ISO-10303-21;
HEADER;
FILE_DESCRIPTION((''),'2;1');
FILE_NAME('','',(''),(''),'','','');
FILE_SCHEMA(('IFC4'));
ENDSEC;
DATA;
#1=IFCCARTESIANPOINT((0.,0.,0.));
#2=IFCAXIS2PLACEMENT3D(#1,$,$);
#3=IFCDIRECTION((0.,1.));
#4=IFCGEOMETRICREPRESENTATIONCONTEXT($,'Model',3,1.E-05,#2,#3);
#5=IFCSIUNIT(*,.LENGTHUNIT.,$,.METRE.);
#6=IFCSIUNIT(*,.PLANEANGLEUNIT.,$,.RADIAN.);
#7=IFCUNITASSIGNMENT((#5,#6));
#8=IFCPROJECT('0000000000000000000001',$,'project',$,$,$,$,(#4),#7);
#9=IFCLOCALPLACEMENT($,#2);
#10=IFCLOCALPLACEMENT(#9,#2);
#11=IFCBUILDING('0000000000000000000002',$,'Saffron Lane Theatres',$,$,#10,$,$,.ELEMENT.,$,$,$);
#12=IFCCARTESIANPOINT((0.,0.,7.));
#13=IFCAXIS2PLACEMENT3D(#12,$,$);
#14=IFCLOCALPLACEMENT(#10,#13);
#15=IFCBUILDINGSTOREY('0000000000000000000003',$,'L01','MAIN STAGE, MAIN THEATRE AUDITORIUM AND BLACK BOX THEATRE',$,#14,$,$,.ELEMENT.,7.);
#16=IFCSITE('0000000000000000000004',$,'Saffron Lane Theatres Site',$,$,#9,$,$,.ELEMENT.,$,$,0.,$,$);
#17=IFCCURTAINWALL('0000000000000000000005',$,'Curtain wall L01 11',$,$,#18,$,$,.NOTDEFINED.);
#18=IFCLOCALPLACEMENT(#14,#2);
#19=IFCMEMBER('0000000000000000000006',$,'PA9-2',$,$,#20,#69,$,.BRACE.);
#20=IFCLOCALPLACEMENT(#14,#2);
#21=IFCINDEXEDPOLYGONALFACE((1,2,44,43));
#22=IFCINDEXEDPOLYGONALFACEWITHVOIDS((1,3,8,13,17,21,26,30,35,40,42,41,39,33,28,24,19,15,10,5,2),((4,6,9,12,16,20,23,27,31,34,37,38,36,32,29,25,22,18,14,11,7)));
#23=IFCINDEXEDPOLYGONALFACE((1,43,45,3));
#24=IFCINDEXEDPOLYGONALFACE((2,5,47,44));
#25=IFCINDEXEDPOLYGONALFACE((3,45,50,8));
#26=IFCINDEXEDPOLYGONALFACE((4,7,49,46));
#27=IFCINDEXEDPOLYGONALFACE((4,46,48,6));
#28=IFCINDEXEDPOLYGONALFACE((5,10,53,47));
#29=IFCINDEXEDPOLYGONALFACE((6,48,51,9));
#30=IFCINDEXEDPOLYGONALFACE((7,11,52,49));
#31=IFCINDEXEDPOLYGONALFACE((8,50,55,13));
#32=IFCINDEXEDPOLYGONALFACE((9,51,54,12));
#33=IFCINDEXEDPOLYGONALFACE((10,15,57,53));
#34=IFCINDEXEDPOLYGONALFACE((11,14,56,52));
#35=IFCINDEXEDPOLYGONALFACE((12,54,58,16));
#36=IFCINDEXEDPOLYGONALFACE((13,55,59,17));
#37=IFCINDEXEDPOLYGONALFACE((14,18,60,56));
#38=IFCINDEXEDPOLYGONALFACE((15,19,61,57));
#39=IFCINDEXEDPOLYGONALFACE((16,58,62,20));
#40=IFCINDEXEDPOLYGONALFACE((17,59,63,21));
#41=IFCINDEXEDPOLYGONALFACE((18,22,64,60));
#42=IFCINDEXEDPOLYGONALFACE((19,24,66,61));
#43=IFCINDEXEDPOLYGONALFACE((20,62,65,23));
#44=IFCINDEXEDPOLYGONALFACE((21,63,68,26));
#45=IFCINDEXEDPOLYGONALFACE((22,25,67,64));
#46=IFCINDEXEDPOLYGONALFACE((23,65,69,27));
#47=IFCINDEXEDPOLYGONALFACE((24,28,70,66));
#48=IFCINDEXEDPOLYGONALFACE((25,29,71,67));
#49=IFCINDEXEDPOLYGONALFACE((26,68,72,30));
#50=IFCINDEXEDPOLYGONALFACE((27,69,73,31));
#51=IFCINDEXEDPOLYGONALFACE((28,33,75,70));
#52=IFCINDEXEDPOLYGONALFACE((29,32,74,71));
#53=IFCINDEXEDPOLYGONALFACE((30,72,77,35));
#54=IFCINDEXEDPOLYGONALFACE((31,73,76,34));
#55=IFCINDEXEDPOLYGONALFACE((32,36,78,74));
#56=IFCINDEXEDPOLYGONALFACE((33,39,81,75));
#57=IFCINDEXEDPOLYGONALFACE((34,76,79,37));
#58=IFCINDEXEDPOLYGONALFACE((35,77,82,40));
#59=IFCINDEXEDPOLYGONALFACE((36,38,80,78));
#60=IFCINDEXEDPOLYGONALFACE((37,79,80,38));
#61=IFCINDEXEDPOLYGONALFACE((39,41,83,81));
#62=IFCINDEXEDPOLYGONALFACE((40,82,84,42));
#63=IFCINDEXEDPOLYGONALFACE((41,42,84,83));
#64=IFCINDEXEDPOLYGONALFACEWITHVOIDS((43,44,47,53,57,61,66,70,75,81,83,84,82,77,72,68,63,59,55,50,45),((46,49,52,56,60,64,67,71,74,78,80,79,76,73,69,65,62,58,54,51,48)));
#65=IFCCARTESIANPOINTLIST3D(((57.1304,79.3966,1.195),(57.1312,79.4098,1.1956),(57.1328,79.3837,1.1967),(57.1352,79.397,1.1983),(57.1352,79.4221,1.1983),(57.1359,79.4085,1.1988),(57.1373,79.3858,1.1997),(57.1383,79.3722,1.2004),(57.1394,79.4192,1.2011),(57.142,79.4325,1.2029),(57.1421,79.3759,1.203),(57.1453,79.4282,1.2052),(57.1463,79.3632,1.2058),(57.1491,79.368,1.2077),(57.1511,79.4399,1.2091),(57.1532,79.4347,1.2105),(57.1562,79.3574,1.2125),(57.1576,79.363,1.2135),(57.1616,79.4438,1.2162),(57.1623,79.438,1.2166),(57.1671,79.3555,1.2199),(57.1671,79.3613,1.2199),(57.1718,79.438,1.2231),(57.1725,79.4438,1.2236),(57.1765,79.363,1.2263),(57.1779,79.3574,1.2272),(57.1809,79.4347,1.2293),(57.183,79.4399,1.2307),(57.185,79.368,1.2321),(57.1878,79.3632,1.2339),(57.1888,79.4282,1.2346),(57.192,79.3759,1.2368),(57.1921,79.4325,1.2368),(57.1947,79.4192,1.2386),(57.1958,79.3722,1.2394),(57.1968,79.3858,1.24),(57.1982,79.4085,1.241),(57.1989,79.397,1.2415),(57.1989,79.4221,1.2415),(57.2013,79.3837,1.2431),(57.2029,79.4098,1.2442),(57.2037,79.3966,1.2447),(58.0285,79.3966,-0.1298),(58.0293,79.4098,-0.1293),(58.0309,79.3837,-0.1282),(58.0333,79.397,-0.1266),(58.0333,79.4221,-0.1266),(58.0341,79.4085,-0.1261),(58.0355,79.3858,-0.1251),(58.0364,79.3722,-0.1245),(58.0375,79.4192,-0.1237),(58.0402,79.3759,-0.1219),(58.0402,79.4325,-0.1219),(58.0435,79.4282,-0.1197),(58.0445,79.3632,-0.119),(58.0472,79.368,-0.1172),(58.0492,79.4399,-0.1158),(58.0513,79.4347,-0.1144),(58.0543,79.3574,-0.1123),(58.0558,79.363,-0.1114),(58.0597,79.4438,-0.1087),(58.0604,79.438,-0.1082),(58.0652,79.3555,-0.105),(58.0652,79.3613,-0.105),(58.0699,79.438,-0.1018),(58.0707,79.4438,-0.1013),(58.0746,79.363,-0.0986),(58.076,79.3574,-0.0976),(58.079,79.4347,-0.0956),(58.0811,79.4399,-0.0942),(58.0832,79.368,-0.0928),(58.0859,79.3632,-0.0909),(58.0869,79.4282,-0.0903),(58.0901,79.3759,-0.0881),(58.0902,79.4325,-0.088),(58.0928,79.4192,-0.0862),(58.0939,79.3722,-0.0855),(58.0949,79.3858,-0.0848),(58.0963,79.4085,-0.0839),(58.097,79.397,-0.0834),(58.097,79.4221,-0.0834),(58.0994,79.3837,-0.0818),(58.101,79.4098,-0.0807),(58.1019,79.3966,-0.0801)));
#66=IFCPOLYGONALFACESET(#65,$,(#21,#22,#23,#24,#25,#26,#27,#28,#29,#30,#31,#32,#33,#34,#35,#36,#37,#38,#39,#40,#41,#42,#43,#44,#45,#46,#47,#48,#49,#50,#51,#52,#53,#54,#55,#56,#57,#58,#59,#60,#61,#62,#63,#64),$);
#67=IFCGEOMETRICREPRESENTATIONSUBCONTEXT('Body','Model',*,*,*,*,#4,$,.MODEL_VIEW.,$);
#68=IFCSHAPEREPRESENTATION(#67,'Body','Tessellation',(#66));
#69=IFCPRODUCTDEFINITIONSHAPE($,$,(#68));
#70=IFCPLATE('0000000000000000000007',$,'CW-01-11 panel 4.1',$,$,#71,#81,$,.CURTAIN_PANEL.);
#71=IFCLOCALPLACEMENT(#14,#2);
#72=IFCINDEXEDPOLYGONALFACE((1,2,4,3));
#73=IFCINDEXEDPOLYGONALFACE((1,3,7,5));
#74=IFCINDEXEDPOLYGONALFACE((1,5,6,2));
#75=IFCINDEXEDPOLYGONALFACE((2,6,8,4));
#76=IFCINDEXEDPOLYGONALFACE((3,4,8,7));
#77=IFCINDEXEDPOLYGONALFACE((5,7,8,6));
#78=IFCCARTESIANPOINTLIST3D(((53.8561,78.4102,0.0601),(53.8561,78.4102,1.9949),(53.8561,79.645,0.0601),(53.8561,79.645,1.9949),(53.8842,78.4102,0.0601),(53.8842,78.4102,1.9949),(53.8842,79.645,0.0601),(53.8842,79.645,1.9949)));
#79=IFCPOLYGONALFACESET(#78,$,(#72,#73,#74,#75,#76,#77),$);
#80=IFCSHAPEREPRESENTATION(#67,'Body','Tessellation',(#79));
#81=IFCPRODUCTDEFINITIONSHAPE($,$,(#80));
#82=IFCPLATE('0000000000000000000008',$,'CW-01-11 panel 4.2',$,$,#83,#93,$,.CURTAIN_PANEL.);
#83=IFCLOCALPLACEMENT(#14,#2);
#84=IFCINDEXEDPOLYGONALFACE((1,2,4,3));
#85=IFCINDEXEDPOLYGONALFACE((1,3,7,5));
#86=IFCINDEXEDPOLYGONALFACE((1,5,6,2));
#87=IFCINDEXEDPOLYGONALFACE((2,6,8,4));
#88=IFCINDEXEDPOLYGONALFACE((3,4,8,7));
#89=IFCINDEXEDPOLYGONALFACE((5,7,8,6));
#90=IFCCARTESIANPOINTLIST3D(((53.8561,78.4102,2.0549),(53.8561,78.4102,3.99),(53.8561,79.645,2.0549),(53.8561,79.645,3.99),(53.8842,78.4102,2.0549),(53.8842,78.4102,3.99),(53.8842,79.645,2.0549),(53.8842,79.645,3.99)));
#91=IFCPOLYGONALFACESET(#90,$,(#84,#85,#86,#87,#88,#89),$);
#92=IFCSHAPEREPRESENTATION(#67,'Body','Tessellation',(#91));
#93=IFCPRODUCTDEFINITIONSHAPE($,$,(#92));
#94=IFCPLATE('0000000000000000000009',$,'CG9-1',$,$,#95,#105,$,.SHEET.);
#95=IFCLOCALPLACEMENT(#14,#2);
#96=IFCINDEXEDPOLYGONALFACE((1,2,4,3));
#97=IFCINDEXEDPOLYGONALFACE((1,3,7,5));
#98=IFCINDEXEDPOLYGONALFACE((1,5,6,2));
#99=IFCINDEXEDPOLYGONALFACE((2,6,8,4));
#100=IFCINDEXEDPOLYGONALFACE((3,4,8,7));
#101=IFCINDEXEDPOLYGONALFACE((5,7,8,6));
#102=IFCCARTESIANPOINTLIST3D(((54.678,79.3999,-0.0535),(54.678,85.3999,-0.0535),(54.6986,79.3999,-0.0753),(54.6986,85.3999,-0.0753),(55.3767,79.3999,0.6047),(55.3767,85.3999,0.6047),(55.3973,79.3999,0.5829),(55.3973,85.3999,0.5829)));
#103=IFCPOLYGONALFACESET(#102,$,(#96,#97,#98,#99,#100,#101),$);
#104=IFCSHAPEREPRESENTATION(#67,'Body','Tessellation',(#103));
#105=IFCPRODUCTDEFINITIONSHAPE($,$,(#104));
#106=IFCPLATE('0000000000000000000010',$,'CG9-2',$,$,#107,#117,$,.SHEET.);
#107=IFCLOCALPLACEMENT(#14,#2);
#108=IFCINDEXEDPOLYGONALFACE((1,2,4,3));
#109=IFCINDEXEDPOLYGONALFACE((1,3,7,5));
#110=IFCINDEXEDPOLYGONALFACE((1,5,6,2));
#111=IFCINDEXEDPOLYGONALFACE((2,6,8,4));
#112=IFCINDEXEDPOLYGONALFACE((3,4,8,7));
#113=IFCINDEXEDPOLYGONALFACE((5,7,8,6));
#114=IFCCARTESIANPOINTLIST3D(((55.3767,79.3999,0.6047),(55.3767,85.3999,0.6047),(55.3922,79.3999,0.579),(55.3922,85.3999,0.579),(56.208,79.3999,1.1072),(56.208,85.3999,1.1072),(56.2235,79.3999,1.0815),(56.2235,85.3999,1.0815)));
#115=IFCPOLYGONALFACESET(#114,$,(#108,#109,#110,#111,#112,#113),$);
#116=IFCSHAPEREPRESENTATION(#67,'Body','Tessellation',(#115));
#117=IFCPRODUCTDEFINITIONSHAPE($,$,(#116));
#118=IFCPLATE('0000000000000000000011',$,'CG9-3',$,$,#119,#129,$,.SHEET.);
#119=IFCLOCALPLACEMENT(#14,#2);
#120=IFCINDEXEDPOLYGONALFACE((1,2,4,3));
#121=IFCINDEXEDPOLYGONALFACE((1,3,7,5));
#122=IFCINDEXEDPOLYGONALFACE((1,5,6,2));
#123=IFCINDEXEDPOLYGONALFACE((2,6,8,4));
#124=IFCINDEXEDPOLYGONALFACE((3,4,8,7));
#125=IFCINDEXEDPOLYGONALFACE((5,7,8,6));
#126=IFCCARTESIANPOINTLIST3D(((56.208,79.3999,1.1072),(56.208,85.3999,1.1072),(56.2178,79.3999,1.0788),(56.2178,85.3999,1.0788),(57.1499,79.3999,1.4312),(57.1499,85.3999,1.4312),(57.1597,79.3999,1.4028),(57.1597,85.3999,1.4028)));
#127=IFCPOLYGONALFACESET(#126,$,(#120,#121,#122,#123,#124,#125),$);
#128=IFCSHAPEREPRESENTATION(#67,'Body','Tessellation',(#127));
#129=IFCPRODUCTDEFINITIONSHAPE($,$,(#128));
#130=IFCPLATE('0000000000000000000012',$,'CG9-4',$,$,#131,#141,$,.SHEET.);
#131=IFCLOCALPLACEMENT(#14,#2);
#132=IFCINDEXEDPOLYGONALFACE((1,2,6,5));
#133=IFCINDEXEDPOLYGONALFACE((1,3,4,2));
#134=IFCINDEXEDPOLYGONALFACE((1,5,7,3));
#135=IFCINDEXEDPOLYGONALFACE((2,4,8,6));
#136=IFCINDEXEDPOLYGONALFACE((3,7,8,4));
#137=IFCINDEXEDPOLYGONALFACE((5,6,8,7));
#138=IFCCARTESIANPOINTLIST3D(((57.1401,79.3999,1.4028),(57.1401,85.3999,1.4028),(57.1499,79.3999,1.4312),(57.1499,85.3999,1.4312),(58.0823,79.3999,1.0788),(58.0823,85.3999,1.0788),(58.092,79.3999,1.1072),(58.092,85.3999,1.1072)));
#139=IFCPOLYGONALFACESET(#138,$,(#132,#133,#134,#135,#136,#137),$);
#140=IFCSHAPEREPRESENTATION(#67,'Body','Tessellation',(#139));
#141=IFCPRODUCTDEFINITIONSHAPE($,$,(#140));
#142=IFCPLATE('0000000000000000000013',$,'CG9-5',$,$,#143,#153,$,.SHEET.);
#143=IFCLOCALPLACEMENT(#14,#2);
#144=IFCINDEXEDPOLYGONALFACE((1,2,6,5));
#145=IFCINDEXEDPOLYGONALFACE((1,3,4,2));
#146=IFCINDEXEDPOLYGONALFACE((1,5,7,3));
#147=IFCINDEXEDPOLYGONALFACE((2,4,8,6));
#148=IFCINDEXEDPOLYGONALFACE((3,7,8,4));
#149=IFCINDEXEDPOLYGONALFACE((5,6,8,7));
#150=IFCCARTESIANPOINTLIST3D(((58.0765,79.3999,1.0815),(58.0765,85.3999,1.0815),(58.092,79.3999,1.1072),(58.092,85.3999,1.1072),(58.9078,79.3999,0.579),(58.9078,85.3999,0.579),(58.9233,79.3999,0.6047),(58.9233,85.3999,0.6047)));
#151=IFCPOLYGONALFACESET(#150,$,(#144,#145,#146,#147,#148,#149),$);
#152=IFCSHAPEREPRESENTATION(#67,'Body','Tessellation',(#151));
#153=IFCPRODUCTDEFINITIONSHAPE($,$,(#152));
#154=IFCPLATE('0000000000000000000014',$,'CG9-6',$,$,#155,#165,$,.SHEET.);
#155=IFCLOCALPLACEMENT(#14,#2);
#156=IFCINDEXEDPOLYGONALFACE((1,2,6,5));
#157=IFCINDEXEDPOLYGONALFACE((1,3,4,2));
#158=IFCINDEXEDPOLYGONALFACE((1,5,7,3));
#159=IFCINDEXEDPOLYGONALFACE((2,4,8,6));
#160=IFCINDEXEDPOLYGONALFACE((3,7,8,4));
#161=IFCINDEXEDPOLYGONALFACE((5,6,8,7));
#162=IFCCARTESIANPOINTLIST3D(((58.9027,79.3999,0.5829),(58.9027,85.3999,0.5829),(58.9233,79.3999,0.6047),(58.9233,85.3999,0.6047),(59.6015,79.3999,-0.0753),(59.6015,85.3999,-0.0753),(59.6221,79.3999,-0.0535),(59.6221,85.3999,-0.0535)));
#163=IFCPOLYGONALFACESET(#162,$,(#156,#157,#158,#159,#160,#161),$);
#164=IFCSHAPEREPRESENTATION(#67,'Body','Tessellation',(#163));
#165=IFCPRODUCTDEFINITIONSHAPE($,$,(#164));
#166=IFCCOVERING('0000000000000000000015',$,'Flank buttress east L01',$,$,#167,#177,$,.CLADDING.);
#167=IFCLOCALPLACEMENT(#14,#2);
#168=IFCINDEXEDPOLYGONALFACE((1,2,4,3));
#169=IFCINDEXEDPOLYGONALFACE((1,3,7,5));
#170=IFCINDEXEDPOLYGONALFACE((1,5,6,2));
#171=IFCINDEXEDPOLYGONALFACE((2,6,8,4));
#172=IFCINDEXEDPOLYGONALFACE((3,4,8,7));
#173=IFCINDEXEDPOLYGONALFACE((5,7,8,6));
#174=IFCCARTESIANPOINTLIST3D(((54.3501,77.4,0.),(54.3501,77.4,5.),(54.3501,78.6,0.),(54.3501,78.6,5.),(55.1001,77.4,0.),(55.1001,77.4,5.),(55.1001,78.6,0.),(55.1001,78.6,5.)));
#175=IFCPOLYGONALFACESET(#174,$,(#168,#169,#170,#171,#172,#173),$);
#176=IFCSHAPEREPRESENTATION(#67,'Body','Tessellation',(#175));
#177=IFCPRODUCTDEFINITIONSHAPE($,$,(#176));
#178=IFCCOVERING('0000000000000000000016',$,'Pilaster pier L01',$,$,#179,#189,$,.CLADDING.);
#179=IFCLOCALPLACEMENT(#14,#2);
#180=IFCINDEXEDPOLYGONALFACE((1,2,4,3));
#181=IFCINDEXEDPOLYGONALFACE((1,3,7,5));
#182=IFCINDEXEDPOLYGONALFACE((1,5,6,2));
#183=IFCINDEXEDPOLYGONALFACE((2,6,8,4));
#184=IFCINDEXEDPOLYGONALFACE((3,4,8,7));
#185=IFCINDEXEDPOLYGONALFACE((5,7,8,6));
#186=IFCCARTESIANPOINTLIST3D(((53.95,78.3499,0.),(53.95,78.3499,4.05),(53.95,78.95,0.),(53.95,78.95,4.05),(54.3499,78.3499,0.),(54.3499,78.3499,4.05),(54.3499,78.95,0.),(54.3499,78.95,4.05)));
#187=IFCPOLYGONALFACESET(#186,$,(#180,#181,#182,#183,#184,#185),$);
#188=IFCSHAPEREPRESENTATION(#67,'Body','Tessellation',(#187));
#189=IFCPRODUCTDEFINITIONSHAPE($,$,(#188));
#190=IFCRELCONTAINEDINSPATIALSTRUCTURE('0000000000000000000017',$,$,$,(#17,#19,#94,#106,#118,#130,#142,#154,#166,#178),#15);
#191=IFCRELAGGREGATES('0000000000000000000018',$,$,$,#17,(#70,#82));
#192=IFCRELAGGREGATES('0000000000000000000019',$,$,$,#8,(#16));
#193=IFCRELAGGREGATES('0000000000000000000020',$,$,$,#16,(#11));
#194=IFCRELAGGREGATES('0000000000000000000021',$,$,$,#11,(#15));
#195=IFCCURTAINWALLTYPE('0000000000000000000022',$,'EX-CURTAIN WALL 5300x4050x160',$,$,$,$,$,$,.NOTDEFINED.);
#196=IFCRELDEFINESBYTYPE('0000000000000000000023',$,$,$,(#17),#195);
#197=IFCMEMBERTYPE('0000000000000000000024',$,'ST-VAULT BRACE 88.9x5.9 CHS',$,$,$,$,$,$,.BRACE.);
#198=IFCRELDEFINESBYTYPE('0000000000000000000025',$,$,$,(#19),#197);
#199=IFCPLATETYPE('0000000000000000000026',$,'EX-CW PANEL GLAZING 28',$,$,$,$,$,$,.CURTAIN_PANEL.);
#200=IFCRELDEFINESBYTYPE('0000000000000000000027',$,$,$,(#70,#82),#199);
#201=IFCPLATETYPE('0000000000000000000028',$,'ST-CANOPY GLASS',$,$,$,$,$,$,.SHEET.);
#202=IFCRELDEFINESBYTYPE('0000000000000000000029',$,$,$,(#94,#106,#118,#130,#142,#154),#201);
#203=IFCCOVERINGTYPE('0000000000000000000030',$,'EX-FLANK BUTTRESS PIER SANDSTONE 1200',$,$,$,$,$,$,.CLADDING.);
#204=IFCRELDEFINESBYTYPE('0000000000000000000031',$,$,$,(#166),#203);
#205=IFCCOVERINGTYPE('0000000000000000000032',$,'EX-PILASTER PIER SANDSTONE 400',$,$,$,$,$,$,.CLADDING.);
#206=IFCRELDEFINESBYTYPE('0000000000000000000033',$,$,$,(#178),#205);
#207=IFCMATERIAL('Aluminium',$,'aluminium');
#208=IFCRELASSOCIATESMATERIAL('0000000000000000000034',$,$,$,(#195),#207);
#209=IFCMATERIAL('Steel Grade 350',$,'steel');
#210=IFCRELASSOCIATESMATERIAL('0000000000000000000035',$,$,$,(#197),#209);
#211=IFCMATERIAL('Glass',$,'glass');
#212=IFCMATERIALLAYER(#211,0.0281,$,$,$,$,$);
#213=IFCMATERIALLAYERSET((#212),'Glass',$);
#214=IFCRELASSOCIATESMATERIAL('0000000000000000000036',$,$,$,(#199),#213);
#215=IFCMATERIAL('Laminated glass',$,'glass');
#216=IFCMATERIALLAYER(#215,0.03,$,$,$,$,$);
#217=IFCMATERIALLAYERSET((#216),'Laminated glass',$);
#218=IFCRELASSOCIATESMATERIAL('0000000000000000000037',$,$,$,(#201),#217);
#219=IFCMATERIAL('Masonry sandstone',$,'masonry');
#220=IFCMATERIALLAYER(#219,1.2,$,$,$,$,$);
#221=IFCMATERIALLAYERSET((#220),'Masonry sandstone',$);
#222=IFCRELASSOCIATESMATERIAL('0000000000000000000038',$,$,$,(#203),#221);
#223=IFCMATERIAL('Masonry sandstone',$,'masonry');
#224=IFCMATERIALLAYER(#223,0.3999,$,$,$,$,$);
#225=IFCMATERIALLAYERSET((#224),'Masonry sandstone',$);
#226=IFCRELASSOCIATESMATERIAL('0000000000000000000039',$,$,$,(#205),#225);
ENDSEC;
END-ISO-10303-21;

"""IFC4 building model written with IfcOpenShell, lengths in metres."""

from ifc_helpers import new_model, si_unit, direction, frame, origin, origin_2d, place, context, subcontext, project, spatial, polyline, rectangle, hollow_circle, outline, extrude, material, layer, layer_set, material_profile, profile_set, type_object, element, aggregate, save


model = new_model("IFC4")

# Units and contexts
model_context = context("Model", 3, precision=1e-05, world=origin(), true_north=direction((0.0, 1.0)))
body_context = subcontext(model_context, "Body", "Model", "MODEL_VIEW")
ifc_project = project(units=[si_unit("LENGTHUNIT", "METRE"), si_unit("PLANEANGLEUNIT", "RADIAN")], contexts=[model_context])

# Site, building, storey
site_placement = place(None, origin())
site = spatial("IfcSite", under=ifc_project, at=site_placement, Name="Saffron Lane Theatres Site", CompositionType="ELEMENT", RefElevation=0.0)
building_placement = place(site_placement, origin())
building = spatial("IfcBuilding", under=site, at=building_placement, Name="Saffron Lane Theatres", CompositionType="ELEMENT")
storey_placement = place(building_placement, frame((0.0, 0.0, 7.0)))
storey = spatial("IfcBuildingStorey", under=building, at=storey_placement, Name="L01", Description="MAIN STAGE, MAIN THEATRE AUDITORIUM AND BLACK BOX THEATRE", CompositionType="ELEMENT", Elevation=7.0)

# Curtain wall
ifc_material_1 = material(Name="Aluminium", Category="aluminium")
curtain_wall_type_1 = type_object("IfcCurtainWallType", Name="EX-CURTAIN WALL 5300x4050x160", PredefinedType="NOTDEFINED", material=ifc_material_1)
curtain_wall_1_placement = place(storey_placement, origin())
curtain_wall_1 = element("IfcCurtainWall", 1, at=curtain_wall_1_placement, inside=storey, type_object=curtain_wall_type_1, Name="Curtain wall L01 11", PredefinedType="NOTDEFINED")

# Member
ifc_material_2 = material(Name="Steel Grade 350", Category="steel")
ifc_material_profile_1 = material_profile(ifc_material_2, hollow_circle(Radius=0.0444, WallThickness=0.0059, at=origin_2d()))
ifc_profile_set_1 = profile_set([ifc_material_profile_1], Name="Steel Grade 350")
member_type_1 = type_object("IfcMemberType", Name="ST-VAULT BRACE 88.9x5.9 CHS", PredefinedType="BRACE", material=ifc_profile_set_1)
member_1_placement = place(storey_placement, frame((58.0652, 79.3999, -0.105), z_axis=(-0.561125, 0.0, 0.827731), x_axis=(0.0, -1.0, 0.0)))
element("IfcMember", 2, at=member_1_placement, inside=storey, type_object=member_type_1, Name="PA9-2", PredefinedType="BRACE", context=body_context, shape_type="SweptSolid", body=[
    extrude(hollow_circle(Radius=0.0444, WallThickness=0.0059, at=origin_2d()), origin(), (0.0, 0.0, 1.0), 1.6006),
])

# Plates
ifc_material_3 = material(Name="Glass", Category="glass")
ifc_layer_1 = layer(ifc_material_3, 0.0281)
ifc_layer_set_1 = layer_set([ifc_layer_1], Name="Glass")
plate_type_1 = type_object("IfcPlateType", Name="EX-CW PANEL GLAZING 28", PredefinedType="CURTAIN_PANEL", material=ifc_layer_set_1)
plate_1_placement = place(storey_placement, frame((53.8701, 79.0276, 0.0601), z_axis=(0.0, 0.0, 1.0), x_axis=(0.0, -1.0, 0.0)))
plate_1 = element("IfcPlate", 3, at=plate_1_placement, type_object=plate_type_1, Name="CW-01-11 panel 4.1", PredefinedType="CURTAIN_PANEL", context=body_context, shape_type="SweptSolid", body=[
    extrude(rectangle(XDim=1.2349, YDim=0.0281, at=origin_2d()), origin(), (0.0, 0.0, 1.0), 1.9348),
])
plate_2_placement = place(storey_placement, frame((53.8701, 79.0276, 2.0549), z_axis=(0.0, 0.0, 1.0), x_axis=(0.0, -1.0, 0.0)))
plate_2 = element("IfcPlate", 4, at=plate_2_placement, type_object=plate_type_1, Name="CW-01-11 panel 4.2", PredefinedType="CURTAIN_PANEL", context=body_context, shape_type="SweptSolid", body=[
    extrude(rectangle(XDim=1.2349, YDim=0.0281, at=origin_2d()), origin(), (0.0, 0.0, 1.0), 1.9351),
])
aggregate(curtain_wall_1, [plate_1, plate_2])

# Plates
ifc_material_4 = material(Name="Laminated glass", Category="glass")
ifc_layer_2 = layer(ifc_material_4, 0.03)
ifc_layer_set_2 = layer_set([ifc_layer_2], Name="Laminated glass")
plate_type_2 = type_object("IfcPlateType", Name="ST-CANOPY GLASS", PredefinedType="SHEET", material=ifc_layer_set_2)
plate_3_placement = place(storey_placement, frame((54.678, 79.3999, -0.0535), z_axis=(-0.685682, 0.0, 0.727901), x_axis=(0.727901, 0.0, 0.685682)))
element("IfcPlate", 5, at=plate_3_placement, inside=storey, type_object=plate_type_2, Name="CG9-1", PredefinedType="SHEET", context=body_context, shape_type="SweptSolid", body=[
    extrude(outline(polyline([(0.0, 0.0), (0.9599, 0.0), (0.9599, 6.0), (0.0, 6.0), (0.0, 0.0)])), origin(), (0.0, 0.0, -1.0), 0.03),
])
plate_4_placement = place(storey_placement, frame((55.3767, 79.3999, 0.6047), z_axis=(-0.517265, 0.0, 0.855825), x_axis=(0.855825, 0.0, 0.517265)))
element("IfcPlate", 6, at=plate_4_placement, inside=storey, type_object=plate_type_2, Name="CG9-2", PredefinedType="SHEET", context=body_context, shape_type="SweptSolid", body=[
    extrude(outline(polyline([(0.0, 0.0), (0.9713, 0.0), (0.9713, 6.0), (0.0, 6.0), (0.0, 0.0)])), origin(), (0.0, 0.0, -1.0), 0.03),
])
plate_5_placement = place(storey_placement, frame((56.208, 79.3999, 1.1072), z_axis=(-0.325258, 0.0, 0.945625), x_axis=(0.945625, 0.0, 0.325258)))
element("IfcPlate", 7, at=plate_5_placement, inside=storey, type_object=plate_type_2, Name="CG9-3", PredefinedType="SHEET", context=body_context, shape_type="SweptSolid", body=[
    extrude(outline(polyline([(0.0, 0.0), (0.9961, 0.0), (0.9961, 6.0), (0.0, 6.0), (0.0, 0.0)])), origin(), (0.0, 0.0, -1.0), 0.03),
])
plate_6_placement = place(storey_placement, frame((57.1499, 79.3999, 1.4312), z_axis=(0.325182, 0.0, 0.945651), x_axis=(0.945651, 0.0, -0.325182)))
element("IfcPlate", 8, at=plate_6_placement, inside=storey, type_object=plate_type_2, Name="CG9-4", PredefinedType="SHEET", context=body_context, shape_type="SweptSolid", body=[
    extrude(outline(polyline([(0.0, 0.0), (0.9963, 0.0), (0.9963, 6.0), (0.0, 6.0), (0.0, 0.0)])), origin(), (0.0, 0.0, -1.0), 0.03),
])
plate_7_placement = place(storey_placement, frame((58.092, 79.3999, 1.1072), z_axis=(0.517265, 0.0, 0.855825), x_axis=(0.855825, 0.0, -0.517265)))
element("IfcPlate", 9, at=plate_7_placement, inside=storey, type_object=plate_type_2, Name="CG9-5", PredefinedType="SHEET", context=body_context, shape_type="SweptSolid", body=[
    extrude(outline(polyline([(0.0, 0.0), (0.9713, 0.0), (0.9713, 6.0), (0.0, 6.0), (0.0, 0.0)])), origin(), (0.0, 0.0, -1.0), 0.03),
])
plate_8_placement = place(storey_placement, frame((58.9233, 79.3999, 0.6047), z_axis=(0.685682, 0.0, 0.727901), x_axis=(0.727901, 0.0, -0.685682)))
element("IfcPlate", 10, at=plate_8_placement, inside=storey, type_object=plate_type_2, Name="CG9-6", PredefinedType="SHEET", context=body_context, shape_type="SweptSolid", body=[
    extrude(outline(polyline([(0.0, 0.0), (0.9599, 0.0), (0.9599, 6.0), (0.0, 6.0), (0.0, 0.0)])), origin(), (0.0, 0.0, -1.0), 0.03),
])

# Coverings
ifc_material_5 = material(Name="Masonry sandstone", Category="masonry")
ifc_layer_3 = layer(ifc_material_5, 1.2)
ifc_layer_set_3 = layer_set([ifc_layer_3], Name="Masonry sandstone")
covering_type_1 = type_object("IfcCoveringType", Name="EX-FLANK BUTTRESS PIER SANDSTONE 1200", PredefinedType="CLADDING", material=ifc_layer_set_3)
covering_1_placement = place(storey_placement, frame((54.7251, 78.0, 0.0), z_axis=(0.0, 0.0, 1.0), x_axis=(0.0, 1.0, 0.0)))
element("IfcCovering", 11, at=covering_1_placement, inside=storey, type_object=covering_type_1, Name="Flank buttress east L01", PredefinedType="CLADDING", context=body_context, shape_type="SweptSolid", body=[
    extrude(rectangle(XDim=1.2, YDim=0.75, at=origin_2d()), origin(), (0.0, 0.0, 1.0), 5.0),
])
ifc_material_6 = material(Name="Masonry sandstone", Category="masonry")
ifc_layer_4 = layer(ifc_material_6, 0.3999)
ifc_layer_set_4 = layer_set([ifc_layer_4], Name="Masonry sandstone")
covering_type_2 = type_object("IfcCoveringType", Name="EX-PILASTER PIER SANDSTONE 400", PredefinedType="CLADDING", material=ifc_layer_set_4)
covering_2_placement = place(storey_placement, frame((54.1499, 78.6499, 0.0), z_axis=(0.0, 0.0, 1.0), x_axis=(0.0, -1.0, 0.0)))
element("IfcCovering", 12, at=covering_2_placement, inside=storey, type_object=covering_type_2, Name="Pilaster pier L01", PredefinedType="CLADDING", context=body_context, shape_type="SweptSolid", body=[
    extrude(rectangle(XDim=0.6001, YDim=0.3999, at=origin_2d()), origin(), (0.0, 0.0, 1.0), 4.05),
])

save(model, "model.ifc")
